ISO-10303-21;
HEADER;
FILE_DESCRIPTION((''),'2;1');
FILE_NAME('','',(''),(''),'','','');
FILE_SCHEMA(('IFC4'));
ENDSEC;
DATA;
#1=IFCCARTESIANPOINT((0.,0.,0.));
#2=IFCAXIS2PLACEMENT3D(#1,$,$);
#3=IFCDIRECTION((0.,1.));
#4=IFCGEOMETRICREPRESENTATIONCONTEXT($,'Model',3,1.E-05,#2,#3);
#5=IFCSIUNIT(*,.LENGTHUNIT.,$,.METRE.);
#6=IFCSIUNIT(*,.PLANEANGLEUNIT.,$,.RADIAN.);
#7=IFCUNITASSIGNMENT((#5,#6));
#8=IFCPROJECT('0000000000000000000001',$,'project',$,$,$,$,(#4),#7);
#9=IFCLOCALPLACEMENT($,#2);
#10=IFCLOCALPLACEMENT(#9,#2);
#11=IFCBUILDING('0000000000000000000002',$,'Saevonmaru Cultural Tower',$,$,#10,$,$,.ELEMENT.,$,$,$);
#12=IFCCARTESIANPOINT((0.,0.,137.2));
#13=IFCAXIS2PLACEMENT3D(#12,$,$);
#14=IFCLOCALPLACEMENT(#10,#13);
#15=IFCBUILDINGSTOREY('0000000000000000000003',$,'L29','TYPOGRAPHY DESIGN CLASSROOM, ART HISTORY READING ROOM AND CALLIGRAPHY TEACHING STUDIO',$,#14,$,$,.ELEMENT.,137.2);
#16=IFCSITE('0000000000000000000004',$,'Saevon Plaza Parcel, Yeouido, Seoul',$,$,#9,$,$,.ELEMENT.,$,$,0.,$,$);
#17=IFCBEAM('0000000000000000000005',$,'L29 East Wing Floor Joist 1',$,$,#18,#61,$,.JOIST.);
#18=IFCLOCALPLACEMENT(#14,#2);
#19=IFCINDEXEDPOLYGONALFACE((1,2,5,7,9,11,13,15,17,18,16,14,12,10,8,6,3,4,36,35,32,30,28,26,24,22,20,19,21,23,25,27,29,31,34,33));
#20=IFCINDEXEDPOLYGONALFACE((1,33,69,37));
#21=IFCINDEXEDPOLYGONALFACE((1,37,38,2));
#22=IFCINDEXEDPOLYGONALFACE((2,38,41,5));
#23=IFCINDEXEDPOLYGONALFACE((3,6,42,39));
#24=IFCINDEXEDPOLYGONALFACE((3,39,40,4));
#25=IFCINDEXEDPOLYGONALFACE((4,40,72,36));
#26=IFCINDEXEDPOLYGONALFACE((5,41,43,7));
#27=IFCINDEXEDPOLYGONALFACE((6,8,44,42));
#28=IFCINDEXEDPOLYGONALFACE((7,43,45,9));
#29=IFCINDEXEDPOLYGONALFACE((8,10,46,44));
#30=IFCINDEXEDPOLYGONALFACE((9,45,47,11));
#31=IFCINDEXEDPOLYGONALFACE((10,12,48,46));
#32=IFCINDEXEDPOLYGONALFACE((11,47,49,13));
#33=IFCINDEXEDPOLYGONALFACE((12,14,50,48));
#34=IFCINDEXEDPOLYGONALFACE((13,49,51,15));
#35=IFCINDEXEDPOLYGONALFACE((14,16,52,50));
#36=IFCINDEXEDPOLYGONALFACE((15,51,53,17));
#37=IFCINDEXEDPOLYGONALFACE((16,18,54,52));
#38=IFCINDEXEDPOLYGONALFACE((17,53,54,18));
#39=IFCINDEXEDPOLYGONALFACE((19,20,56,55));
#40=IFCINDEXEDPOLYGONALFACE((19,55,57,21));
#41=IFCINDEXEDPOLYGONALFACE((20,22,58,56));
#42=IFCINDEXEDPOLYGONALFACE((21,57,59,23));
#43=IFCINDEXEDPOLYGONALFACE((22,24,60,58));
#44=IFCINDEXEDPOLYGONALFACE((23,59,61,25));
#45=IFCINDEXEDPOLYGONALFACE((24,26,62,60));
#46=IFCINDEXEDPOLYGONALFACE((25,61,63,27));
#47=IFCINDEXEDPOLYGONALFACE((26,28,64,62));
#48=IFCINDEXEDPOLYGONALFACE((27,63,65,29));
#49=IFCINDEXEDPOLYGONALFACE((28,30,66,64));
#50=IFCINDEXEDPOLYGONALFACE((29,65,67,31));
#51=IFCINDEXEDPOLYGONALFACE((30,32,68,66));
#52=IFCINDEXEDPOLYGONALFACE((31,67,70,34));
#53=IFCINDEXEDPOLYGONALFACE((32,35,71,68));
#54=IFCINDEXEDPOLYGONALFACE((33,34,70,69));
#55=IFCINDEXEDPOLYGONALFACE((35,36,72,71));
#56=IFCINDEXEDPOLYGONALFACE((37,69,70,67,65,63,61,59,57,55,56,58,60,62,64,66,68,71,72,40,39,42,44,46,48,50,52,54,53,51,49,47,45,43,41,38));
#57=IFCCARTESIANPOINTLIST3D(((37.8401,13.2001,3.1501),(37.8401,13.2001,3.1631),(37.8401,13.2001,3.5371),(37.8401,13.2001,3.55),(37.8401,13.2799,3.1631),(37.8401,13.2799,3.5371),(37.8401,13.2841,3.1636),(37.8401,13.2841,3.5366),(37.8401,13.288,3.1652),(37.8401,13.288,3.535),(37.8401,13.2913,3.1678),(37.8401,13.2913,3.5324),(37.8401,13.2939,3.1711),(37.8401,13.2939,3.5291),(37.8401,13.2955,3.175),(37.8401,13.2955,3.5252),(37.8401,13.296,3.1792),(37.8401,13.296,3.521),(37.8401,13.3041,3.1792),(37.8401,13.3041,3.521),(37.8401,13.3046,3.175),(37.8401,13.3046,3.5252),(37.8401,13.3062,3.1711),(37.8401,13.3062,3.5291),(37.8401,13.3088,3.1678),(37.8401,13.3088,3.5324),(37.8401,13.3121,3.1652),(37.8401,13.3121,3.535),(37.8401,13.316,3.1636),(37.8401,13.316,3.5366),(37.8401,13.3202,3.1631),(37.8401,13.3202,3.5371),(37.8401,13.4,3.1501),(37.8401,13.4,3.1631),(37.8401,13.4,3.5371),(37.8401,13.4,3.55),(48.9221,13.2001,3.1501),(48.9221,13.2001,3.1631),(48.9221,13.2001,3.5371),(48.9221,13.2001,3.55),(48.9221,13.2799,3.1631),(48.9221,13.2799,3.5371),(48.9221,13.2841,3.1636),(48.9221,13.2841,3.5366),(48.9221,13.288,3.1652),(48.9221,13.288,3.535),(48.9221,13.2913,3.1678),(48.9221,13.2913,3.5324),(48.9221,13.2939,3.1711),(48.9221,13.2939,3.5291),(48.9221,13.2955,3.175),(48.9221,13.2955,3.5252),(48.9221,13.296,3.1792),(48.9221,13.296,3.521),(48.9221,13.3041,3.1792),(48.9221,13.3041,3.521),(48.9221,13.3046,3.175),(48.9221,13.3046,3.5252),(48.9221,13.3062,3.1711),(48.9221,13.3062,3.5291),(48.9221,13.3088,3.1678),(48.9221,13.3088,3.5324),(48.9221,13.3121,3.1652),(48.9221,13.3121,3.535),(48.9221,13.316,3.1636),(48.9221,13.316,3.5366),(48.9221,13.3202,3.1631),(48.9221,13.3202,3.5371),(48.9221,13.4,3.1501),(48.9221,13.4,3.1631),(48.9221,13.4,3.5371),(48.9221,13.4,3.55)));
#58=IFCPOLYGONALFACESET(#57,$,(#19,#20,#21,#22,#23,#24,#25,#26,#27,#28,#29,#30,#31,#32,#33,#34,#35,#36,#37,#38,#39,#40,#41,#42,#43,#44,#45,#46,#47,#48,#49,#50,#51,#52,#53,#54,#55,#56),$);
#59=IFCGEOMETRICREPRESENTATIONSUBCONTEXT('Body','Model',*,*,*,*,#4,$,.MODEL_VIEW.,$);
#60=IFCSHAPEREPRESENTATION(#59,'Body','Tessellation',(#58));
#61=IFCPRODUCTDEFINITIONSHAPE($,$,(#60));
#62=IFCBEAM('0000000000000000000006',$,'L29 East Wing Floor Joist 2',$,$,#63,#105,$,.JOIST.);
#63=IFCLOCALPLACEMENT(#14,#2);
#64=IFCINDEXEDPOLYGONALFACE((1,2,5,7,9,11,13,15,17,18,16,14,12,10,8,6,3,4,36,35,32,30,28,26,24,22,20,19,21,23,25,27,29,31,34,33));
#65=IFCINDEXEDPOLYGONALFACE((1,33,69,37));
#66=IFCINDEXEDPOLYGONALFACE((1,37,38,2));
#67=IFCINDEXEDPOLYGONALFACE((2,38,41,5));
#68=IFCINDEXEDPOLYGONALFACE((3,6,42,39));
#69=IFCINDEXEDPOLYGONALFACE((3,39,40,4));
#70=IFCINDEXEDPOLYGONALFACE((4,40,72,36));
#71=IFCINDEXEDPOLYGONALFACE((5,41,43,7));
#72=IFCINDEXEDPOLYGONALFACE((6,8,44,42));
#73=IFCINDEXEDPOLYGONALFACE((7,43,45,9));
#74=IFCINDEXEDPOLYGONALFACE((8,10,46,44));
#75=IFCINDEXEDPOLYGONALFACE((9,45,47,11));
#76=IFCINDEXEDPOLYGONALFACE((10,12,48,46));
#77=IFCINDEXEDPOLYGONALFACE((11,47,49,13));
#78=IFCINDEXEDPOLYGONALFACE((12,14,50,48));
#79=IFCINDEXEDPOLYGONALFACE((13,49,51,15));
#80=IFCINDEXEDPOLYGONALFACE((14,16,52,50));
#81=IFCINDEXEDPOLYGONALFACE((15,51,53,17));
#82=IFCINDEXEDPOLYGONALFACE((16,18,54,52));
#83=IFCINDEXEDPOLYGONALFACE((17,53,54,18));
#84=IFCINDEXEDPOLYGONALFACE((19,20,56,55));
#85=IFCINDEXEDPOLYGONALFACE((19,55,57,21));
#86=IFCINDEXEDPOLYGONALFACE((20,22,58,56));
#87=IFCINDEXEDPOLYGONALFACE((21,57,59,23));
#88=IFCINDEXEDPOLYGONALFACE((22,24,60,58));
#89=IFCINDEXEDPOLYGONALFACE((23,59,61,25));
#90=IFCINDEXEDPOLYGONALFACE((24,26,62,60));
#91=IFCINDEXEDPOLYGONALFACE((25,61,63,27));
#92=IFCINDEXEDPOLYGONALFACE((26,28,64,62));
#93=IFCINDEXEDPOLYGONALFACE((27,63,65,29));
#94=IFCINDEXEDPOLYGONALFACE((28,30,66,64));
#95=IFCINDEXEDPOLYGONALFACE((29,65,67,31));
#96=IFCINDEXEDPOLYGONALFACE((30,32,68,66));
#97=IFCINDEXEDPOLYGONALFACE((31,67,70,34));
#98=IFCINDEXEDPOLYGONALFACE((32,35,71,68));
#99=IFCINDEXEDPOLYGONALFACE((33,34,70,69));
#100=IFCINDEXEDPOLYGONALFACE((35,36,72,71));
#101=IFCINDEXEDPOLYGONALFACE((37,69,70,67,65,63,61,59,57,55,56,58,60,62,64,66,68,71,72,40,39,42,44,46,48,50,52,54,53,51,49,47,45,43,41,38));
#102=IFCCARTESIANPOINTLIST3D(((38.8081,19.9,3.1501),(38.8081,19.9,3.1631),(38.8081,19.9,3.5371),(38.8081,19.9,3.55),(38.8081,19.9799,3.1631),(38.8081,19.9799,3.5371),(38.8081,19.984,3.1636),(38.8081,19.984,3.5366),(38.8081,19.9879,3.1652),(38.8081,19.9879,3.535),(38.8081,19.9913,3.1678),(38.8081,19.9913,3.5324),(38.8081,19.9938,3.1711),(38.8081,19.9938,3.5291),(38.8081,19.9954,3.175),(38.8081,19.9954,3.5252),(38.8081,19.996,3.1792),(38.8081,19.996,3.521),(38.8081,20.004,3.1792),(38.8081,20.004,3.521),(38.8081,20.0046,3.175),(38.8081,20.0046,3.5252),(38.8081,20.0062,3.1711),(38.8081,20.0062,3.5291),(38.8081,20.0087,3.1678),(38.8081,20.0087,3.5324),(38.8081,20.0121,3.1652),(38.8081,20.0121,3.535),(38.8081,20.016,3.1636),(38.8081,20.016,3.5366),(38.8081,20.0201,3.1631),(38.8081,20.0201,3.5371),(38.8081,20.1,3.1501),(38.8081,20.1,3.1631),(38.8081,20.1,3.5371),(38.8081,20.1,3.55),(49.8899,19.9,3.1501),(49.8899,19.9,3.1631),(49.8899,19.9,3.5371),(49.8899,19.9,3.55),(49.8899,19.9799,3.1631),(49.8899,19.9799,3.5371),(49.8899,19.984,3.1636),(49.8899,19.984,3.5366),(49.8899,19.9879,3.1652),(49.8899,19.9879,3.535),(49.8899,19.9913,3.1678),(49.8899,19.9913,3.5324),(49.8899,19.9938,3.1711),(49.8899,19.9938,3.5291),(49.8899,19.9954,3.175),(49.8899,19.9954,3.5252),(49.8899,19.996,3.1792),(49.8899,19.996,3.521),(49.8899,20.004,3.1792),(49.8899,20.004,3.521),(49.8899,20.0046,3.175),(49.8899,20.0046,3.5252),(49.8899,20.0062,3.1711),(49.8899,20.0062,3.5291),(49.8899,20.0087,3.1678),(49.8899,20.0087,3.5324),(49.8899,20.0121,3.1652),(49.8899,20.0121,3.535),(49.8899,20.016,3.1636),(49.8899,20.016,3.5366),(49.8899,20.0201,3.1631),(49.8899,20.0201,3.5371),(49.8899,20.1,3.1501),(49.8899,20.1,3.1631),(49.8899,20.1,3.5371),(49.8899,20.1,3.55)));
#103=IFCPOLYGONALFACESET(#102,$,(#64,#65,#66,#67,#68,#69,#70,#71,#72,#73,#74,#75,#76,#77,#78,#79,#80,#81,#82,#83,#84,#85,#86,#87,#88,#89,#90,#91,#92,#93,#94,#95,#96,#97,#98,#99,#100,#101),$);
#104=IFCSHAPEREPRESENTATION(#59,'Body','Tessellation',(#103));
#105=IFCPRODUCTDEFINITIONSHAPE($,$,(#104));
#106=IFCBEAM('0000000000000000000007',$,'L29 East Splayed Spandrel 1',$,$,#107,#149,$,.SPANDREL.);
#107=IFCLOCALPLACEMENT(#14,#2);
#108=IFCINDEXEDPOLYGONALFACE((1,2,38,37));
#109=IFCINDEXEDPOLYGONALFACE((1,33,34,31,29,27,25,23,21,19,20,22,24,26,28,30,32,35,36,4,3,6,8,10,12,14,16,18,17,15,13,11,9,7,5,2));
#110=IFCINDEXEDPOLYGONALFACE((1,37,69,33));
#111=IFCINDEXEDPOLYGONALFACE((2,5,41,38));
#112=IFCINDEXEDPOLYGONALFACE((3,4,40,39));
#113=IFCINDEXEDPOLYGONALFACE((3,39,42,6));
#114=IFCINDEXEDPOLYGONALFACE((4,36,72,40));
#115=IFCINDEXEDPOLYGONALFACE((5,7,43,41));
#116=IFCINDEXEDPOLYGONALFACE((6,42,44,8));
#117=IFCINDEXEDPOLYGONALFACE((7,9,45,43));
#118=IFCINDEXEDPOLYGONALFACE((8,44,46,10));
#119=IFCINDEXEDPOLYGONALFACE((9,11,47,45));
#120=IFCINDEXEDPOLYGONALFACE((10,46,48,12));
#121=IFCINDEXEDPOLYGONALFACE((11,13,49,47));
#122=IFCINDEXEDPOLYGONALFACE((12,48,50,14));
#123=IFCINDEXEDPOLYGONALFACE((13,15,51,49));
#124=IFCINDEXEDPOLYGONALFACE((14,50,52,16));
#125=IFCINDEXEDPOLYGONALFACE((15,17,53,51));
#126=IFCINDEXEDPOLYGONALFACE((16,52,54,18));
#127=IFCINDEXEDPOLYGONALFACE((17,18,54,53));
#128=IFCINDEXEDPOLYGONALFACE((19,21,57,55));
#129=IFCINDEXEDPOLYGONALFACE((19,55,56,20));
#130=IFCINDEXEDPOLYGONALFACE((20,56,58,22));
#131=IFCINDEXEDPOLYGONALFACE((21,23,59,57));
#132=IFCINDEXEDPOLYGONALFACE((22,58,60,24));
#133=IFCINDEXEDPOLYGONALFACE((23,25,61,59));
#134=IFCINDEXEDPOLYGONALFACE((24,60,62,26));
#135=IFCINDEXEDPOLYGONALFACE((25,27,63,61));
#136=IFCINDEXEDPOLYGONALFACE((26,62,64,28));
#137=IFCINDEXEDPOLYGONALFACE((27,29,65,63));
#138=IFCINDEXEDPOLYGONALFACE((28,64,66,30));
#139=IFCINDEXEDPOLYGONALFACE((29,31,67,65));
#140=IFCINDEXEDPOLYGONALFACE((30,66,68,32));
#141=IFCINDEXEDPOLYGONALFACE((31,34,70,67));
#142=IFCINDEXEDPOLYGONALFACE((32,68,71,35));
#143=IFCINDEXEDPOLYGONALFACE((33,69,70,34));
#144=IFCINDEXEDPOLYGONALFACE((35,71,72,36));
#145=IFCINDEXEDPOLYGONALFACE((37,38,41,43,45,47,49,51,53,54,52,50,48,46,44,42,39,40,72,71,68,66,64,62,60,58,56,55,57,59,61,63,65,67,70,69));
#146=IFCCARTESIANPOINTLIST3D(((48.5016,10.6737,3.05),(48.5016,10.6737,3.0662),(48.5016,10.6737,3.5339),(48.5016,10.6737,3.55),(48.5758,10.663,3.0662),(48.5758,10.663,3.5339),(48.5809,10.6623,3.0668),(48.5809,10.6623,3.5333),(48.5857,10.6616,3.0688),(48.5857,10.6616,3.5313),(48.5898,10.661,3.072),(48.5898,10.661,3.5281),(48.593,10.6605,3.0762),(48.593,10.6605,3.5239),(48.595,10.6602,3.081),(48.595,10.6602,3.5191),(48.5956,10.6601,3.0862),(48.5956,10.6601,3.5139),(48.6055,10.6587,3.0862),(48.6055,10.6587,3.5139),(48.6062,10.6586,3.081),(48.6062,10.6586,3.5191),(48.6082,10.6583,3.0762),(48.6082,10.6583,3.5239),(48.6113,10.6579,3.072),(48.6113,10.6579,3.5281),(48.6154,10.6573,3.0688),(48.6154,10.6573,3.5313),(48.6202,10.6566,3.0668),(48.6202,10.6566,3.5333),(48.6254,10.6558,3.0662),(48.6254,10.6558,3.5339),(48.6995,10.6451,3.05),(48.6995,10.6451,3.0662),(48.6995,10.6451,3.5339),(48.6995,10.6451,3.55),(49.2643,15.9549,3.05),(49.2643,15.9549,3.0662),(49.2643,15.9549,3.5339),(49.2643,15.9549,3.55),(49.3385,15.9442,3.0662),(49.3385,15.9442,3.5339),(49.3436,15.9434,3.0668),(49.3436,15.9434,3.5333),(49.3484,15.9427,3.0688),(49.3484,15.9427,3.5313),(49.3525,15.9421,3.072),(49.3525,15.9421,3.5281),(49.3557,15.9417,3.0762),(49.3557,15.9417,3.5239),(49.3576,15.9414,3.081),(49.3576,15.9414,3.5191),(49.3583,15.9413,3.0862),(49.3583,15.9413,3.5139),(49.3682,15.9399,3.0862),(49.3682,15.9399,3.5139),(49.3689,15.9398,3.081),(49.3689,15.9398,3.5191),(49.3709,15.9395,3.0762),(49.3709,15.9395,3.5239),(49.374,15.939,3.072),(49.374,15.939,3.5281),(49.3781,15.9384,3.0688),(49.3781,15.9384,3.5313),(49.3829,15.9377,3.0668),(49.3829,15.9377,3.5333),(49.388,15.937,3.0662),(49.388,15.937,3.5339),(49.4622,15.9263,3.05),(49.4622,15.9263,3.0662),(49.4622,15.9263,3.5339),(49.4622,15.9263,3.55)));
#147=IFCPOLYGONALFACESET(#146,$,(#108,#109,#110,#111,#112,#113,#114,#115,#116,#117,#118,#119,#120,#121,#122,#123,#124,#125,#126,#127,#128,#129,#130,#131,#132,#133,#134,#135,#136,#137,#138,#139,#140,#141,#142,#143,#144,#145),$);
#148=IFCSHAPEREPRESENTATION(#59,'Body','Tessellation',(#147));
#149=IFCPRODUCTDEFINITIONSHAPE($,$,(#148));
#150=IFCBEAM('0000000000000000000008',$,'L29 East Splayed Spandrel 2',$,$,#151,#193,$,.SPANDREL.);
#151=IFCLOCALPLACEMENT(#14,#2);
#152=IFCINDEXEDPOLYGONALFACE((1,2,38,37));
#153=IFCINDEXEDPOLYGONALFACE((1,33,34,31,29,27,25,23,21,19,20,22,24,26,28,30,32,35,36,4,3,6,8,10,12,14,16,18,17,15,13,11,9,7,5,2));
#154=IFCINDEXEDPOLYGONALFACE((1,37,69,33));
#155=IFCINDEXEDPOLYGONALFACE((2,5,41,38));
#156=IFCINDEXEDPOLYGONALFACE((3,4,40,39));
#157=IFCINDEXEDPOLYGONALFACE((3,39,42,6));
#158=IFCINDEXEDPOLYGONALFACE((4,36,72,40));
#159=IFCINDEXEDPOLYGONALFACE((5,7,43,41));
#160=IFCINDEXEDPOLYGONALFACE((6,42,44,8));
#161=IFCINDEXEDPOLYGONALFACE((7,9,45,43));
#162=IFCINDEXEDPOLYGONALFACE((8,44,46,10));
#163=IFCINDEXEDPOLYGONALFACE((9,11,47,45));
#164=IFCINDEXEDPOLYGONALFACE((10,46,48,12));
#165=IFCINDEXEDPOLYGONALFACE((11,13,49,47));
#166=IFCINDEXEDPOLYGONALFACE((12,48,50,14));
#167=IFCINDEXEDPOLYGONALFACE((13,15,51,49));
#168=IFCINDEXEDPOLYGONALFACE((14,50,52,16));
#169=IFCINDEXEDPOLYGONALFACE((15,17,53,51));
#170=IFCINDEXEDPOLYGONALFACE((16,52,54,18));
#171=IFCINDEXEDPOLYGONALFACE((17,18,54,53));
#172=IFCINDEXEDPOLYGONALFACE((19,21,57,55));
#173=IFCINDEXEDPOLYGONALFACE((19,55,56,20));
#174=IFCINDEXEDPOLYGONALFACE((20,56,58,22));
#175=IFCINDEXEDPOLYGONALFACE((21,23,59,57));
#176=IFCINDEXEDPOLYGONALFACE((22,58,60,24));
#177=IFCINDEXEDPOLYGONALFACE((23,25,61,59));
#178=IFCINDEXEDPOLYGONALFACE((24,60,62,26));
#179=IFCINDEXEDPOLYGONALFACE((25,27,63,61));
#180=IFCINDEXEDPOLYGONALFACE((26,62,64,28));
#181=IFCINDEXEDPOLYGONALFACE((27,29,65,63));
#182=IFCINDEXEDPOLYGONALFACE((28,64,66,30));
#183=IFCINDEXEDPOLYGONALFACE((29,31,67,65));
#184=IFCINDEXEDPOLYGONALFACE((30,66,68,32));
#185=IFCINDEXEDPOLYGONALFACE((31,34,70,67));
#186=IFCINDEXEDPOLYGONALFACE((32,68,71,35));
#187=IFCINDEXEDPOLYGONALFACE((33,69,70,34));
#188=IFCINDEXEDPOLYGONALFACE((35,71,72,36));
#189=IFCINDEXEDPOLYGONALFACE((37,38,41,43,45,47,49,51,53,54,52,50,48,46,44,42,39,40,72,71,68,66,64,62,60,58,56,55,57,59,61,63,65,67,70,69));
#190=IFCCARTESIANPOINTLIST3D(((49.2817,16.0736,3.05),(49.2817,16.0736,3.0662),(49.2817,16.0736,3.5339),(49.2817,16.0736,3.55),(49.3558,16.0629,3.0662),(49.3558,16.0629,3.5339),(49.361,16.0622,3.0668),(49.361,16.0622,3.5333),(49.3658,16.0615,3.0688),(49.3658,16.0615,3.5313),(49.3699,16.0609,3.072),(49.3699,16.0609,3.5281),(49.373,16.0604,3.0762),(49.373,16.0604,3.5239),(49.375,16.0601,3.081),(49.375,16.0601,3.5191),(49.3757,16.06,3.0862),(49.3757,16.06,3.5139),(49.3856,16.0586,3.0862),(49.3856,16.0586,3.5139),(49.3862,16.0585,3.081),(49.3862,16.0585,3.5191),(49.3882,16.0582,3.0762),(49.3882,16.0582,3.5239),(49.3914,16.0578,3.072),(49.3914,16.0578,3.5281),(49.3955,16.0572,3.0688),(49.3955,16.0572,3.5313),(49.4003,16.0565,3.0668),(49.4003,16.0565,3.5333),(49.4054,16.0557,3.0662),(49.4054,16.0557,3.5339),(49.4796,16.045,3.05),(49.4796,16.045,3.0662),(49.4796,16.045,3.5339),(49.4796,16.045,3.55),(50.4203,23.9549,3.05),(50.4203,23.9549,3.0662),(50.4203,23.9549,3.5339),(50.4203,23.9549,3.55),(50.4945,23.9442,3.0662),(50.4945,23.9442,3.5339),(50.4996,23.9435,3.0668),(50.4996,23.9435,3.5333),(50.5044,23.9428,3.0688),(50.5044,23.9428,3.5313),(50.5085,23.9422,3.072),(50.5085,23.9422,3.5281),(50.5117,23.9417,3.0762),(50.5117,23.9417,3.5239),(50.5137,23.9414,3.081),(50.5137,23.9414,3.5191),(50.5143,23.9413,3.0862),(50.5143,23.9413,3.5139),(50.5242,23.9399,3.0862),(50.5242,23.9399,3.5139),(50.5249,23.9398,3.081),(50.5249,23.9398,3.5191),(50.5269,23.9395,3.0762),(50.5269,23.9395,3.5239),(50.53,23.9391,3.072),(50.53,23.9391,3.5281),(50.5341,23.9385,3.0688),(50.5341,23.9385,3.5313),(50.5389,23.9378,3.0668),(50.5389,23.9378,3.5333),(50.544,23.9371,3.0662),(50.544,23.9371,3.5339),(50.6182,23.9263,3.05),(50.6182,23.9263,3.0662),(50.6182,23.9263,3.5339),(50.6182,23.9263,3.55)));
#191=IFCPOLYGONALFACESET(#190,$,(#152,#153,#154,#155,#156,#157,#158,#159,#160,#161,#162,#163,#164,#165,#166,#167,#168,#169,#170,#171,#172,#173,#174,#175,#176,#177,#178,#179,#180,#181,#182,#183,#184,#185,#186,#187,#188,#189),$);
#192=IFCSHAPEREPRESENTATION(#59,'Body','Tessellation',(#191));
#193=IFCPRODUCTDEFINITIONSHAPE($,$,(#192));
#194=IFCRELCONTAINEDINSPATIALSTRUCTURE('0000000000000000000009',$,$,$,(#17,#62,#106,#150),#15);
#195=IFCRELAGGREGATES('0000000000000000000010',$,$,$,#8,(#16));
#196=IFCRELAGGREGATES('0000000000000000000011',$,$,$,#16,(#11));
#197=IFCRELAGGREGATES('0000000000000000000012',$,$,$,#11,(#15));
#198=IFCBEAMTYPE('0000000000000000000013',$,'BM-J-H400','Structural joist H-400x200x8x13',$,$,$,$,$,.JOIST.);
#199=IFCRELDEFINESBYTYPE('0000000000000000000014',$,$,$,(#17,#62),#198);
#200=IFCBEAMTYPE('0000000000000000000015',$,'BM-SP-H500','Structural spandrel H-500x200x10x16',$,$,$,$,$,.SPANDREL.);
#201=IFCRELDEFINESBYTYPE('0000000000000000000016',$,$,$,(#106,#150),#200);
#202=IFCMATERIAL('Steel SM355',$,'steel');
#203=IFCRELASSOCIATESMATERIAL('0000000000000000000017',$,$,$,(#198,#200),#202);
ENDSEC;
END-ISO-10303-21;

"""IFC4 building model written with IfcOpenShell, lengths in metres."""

from ifc_helpers import new_model, si_unit, direction, frame, origin, origin_2d, place, context, subcontext, project, spatial, i_section, extrude, material, material_profile, profile_set, type_object, element, save


model = new_model("IFC4")

# Units and contexts
model_context = context("Model", 3, precision=1e-05, world=origin(), true_north=direction((0.0, 1.0)))
body_context = subcontext(model_context, "Body", "Model", "MODEL_VIEW")
ifc_project = project(units=[si_unit("LENGTHUNIT", "METRE"), si_unit("PLANEANGLEUNIT", "RADIAN")], contexts=[model_context])

# Site, building, storey
site_placement = place(None, origin())
site = spatial("IfcSite", under=ifc_project, at=site_placement, Name="Saevon Plaza Parcel, Yeouido, Seoul", CompositionType="ELEMENT", RefElevation=0.0)
building_placement = place(site_placement, origin())
building = spatial("IfcBuilding", under=site, at=building_placement, Name="Saevonmaru Cultural Tower", CompositionType="ELEMENT")
storey_placement = place(building_placement, frame((0.0, 0.0, 137.2)))
storey = spatial("IfcBuildingStorey", under=building, at=storey_placement, Name="L29", Description="TYPOGRAPHY DESIGN CLASSROOM, ART HISTORY READING ROOM AND CALLIGRAPHY TEACHING STUDIO", CompositionType="ELEMENT", Elevation=137.2)

# Shared definitions
ifc_material_1 = material(Name="Steel SM355", Category="steel")

# Beams
ifc_material_profile_1 = material_profile(ifc_material_1, i_section(OverallWidth=0.2, OverallDepth=0.3999, WebThickness=0.0081, FlangeThickness=0.0129, FilletRadius=0.0161, at=origin_2d()), Name="H-400x200x8x13")
ifc_profile_set_1 = profile_set([ifc_material_profile_1], Name="Steel SM355")
beam_type_1 = type_object("IfcBeamType", Name="BM-J-H400", Description="Structural joist H-400x200x8x13", PredefinedType="JOIST", material=ifc_profile_set_1)
beam_1_placement = place(storey_placement, frame((37.8401, 13.3, 3.3501), z_axis=(1.0, 0.0, 0.0), x_axis=(0.0, 1.0, 0.0)))
element("IfcBeam", 1, at=beam_1_placement, inside=storey, type_object=beam_type_1, Name="L29 East Wing Floor Joist 1", PredefinedType="JOIST", context=body_context, shape_type="SweptSolid", body=[
    extrude(i_section(OverallWidth=0.2, OverallDepth=0.3999, WebThickness=0.0081, FlangeThickness=0.0129, FilletRadius=0.0161, at=origin_2d()), origin(), (0.0, 0.0, 1.0), 11.082),
])
beam_2_placement = place(storey_placement, frame((38.8081, 20.0, 3.3501), z_axis=(1.0, 0.0, 0.0), x_axis=(0.0, 1.0, 0.0)))
element("IfcBeam", 2, at=beam_2_placement, inside=storey, type_object=beam_type_1, Name="L29 East Wing Floor Joist 2", PredefinedType="JOIST", context=body_context, shape_type="SweptSolid", body=[
    extrude(i_section(OverallWidth=0.2, OverallDepth=0.3999, WebThickness=0.0081, FlangeThickness=0.0129, FilletRadius=0.0161, at=origin_2d()), origin(), (0.0, 0.0, 1.0), 11.0818),
])
ifc_material_profile_2 = material_profile(ifc_material_1, i_section(OverallWidth=0.2, OverallDepth=0.5, WebThickness=0.01, FlangeThickness=0.0161, FilletRadius=0.02, at=origin_2d()), Name="H-500x200x10x16")
ifc_profile_set_2 = profile_set([ifc_material_profile_2], Name="Steel SM355")
beam_type_2 = type_object("IfcBeamType", Name="BM-SP-H500", Description="Structural spandrel H-500x200x10x16", PredefinedType="SPANDREL", material=ifc_profile_set_2)
beam_3_placement = place(storey_placement, frame((48.6006, 10.6594, 3.3), z_axis=(0.142933, 0.989732, 0.0), x_axis=(-0.989732, 0.142933, 0.0)))
element("IfcBeam", 3, at=beam_3_placement, inside=storey, type_object=beam_type_2, Name="L29 East Splayed Spandrel 1", PredefinedType="SPANDREL", context=body_context, shape_type="SweptSolid", body=[
    extrude(i_section(OverallWidth=0.2, OverallDepth=0.5, WebThickness=0.01, FlangeThickness=0.0161, FilletRadius=0.02, at=origin_2d()), origin(), (0.0, 0.0, 1.0), 5.3359),
])
beam_4_placement = place(storey_placement, frame((49.3806, 16.0593, 3.3), z_axis=(0.142992, 0.989724, 0.0), x_axis=(-0.989724, 0.142992, 0.0)))
element("IfcBeam", 4, at=beam_4_placement, inside=storey, type_object=beam_type_2, Name="L29 East Splayed Spandrel 2", PredefinedType="SPANDREL", context=body_context, shape_type="SweptSolid", body=[
    extrude(i_section(OverallWidth=0.2, OverallDepth=0.5, WebThickness=0.01, FlangeThickness=0.0161, FilletRadius=0.02, at=origin_2d()), origin(), (0.0, 0.0, 1.0), 7.9631),
])

save(model, "model.ifc")
